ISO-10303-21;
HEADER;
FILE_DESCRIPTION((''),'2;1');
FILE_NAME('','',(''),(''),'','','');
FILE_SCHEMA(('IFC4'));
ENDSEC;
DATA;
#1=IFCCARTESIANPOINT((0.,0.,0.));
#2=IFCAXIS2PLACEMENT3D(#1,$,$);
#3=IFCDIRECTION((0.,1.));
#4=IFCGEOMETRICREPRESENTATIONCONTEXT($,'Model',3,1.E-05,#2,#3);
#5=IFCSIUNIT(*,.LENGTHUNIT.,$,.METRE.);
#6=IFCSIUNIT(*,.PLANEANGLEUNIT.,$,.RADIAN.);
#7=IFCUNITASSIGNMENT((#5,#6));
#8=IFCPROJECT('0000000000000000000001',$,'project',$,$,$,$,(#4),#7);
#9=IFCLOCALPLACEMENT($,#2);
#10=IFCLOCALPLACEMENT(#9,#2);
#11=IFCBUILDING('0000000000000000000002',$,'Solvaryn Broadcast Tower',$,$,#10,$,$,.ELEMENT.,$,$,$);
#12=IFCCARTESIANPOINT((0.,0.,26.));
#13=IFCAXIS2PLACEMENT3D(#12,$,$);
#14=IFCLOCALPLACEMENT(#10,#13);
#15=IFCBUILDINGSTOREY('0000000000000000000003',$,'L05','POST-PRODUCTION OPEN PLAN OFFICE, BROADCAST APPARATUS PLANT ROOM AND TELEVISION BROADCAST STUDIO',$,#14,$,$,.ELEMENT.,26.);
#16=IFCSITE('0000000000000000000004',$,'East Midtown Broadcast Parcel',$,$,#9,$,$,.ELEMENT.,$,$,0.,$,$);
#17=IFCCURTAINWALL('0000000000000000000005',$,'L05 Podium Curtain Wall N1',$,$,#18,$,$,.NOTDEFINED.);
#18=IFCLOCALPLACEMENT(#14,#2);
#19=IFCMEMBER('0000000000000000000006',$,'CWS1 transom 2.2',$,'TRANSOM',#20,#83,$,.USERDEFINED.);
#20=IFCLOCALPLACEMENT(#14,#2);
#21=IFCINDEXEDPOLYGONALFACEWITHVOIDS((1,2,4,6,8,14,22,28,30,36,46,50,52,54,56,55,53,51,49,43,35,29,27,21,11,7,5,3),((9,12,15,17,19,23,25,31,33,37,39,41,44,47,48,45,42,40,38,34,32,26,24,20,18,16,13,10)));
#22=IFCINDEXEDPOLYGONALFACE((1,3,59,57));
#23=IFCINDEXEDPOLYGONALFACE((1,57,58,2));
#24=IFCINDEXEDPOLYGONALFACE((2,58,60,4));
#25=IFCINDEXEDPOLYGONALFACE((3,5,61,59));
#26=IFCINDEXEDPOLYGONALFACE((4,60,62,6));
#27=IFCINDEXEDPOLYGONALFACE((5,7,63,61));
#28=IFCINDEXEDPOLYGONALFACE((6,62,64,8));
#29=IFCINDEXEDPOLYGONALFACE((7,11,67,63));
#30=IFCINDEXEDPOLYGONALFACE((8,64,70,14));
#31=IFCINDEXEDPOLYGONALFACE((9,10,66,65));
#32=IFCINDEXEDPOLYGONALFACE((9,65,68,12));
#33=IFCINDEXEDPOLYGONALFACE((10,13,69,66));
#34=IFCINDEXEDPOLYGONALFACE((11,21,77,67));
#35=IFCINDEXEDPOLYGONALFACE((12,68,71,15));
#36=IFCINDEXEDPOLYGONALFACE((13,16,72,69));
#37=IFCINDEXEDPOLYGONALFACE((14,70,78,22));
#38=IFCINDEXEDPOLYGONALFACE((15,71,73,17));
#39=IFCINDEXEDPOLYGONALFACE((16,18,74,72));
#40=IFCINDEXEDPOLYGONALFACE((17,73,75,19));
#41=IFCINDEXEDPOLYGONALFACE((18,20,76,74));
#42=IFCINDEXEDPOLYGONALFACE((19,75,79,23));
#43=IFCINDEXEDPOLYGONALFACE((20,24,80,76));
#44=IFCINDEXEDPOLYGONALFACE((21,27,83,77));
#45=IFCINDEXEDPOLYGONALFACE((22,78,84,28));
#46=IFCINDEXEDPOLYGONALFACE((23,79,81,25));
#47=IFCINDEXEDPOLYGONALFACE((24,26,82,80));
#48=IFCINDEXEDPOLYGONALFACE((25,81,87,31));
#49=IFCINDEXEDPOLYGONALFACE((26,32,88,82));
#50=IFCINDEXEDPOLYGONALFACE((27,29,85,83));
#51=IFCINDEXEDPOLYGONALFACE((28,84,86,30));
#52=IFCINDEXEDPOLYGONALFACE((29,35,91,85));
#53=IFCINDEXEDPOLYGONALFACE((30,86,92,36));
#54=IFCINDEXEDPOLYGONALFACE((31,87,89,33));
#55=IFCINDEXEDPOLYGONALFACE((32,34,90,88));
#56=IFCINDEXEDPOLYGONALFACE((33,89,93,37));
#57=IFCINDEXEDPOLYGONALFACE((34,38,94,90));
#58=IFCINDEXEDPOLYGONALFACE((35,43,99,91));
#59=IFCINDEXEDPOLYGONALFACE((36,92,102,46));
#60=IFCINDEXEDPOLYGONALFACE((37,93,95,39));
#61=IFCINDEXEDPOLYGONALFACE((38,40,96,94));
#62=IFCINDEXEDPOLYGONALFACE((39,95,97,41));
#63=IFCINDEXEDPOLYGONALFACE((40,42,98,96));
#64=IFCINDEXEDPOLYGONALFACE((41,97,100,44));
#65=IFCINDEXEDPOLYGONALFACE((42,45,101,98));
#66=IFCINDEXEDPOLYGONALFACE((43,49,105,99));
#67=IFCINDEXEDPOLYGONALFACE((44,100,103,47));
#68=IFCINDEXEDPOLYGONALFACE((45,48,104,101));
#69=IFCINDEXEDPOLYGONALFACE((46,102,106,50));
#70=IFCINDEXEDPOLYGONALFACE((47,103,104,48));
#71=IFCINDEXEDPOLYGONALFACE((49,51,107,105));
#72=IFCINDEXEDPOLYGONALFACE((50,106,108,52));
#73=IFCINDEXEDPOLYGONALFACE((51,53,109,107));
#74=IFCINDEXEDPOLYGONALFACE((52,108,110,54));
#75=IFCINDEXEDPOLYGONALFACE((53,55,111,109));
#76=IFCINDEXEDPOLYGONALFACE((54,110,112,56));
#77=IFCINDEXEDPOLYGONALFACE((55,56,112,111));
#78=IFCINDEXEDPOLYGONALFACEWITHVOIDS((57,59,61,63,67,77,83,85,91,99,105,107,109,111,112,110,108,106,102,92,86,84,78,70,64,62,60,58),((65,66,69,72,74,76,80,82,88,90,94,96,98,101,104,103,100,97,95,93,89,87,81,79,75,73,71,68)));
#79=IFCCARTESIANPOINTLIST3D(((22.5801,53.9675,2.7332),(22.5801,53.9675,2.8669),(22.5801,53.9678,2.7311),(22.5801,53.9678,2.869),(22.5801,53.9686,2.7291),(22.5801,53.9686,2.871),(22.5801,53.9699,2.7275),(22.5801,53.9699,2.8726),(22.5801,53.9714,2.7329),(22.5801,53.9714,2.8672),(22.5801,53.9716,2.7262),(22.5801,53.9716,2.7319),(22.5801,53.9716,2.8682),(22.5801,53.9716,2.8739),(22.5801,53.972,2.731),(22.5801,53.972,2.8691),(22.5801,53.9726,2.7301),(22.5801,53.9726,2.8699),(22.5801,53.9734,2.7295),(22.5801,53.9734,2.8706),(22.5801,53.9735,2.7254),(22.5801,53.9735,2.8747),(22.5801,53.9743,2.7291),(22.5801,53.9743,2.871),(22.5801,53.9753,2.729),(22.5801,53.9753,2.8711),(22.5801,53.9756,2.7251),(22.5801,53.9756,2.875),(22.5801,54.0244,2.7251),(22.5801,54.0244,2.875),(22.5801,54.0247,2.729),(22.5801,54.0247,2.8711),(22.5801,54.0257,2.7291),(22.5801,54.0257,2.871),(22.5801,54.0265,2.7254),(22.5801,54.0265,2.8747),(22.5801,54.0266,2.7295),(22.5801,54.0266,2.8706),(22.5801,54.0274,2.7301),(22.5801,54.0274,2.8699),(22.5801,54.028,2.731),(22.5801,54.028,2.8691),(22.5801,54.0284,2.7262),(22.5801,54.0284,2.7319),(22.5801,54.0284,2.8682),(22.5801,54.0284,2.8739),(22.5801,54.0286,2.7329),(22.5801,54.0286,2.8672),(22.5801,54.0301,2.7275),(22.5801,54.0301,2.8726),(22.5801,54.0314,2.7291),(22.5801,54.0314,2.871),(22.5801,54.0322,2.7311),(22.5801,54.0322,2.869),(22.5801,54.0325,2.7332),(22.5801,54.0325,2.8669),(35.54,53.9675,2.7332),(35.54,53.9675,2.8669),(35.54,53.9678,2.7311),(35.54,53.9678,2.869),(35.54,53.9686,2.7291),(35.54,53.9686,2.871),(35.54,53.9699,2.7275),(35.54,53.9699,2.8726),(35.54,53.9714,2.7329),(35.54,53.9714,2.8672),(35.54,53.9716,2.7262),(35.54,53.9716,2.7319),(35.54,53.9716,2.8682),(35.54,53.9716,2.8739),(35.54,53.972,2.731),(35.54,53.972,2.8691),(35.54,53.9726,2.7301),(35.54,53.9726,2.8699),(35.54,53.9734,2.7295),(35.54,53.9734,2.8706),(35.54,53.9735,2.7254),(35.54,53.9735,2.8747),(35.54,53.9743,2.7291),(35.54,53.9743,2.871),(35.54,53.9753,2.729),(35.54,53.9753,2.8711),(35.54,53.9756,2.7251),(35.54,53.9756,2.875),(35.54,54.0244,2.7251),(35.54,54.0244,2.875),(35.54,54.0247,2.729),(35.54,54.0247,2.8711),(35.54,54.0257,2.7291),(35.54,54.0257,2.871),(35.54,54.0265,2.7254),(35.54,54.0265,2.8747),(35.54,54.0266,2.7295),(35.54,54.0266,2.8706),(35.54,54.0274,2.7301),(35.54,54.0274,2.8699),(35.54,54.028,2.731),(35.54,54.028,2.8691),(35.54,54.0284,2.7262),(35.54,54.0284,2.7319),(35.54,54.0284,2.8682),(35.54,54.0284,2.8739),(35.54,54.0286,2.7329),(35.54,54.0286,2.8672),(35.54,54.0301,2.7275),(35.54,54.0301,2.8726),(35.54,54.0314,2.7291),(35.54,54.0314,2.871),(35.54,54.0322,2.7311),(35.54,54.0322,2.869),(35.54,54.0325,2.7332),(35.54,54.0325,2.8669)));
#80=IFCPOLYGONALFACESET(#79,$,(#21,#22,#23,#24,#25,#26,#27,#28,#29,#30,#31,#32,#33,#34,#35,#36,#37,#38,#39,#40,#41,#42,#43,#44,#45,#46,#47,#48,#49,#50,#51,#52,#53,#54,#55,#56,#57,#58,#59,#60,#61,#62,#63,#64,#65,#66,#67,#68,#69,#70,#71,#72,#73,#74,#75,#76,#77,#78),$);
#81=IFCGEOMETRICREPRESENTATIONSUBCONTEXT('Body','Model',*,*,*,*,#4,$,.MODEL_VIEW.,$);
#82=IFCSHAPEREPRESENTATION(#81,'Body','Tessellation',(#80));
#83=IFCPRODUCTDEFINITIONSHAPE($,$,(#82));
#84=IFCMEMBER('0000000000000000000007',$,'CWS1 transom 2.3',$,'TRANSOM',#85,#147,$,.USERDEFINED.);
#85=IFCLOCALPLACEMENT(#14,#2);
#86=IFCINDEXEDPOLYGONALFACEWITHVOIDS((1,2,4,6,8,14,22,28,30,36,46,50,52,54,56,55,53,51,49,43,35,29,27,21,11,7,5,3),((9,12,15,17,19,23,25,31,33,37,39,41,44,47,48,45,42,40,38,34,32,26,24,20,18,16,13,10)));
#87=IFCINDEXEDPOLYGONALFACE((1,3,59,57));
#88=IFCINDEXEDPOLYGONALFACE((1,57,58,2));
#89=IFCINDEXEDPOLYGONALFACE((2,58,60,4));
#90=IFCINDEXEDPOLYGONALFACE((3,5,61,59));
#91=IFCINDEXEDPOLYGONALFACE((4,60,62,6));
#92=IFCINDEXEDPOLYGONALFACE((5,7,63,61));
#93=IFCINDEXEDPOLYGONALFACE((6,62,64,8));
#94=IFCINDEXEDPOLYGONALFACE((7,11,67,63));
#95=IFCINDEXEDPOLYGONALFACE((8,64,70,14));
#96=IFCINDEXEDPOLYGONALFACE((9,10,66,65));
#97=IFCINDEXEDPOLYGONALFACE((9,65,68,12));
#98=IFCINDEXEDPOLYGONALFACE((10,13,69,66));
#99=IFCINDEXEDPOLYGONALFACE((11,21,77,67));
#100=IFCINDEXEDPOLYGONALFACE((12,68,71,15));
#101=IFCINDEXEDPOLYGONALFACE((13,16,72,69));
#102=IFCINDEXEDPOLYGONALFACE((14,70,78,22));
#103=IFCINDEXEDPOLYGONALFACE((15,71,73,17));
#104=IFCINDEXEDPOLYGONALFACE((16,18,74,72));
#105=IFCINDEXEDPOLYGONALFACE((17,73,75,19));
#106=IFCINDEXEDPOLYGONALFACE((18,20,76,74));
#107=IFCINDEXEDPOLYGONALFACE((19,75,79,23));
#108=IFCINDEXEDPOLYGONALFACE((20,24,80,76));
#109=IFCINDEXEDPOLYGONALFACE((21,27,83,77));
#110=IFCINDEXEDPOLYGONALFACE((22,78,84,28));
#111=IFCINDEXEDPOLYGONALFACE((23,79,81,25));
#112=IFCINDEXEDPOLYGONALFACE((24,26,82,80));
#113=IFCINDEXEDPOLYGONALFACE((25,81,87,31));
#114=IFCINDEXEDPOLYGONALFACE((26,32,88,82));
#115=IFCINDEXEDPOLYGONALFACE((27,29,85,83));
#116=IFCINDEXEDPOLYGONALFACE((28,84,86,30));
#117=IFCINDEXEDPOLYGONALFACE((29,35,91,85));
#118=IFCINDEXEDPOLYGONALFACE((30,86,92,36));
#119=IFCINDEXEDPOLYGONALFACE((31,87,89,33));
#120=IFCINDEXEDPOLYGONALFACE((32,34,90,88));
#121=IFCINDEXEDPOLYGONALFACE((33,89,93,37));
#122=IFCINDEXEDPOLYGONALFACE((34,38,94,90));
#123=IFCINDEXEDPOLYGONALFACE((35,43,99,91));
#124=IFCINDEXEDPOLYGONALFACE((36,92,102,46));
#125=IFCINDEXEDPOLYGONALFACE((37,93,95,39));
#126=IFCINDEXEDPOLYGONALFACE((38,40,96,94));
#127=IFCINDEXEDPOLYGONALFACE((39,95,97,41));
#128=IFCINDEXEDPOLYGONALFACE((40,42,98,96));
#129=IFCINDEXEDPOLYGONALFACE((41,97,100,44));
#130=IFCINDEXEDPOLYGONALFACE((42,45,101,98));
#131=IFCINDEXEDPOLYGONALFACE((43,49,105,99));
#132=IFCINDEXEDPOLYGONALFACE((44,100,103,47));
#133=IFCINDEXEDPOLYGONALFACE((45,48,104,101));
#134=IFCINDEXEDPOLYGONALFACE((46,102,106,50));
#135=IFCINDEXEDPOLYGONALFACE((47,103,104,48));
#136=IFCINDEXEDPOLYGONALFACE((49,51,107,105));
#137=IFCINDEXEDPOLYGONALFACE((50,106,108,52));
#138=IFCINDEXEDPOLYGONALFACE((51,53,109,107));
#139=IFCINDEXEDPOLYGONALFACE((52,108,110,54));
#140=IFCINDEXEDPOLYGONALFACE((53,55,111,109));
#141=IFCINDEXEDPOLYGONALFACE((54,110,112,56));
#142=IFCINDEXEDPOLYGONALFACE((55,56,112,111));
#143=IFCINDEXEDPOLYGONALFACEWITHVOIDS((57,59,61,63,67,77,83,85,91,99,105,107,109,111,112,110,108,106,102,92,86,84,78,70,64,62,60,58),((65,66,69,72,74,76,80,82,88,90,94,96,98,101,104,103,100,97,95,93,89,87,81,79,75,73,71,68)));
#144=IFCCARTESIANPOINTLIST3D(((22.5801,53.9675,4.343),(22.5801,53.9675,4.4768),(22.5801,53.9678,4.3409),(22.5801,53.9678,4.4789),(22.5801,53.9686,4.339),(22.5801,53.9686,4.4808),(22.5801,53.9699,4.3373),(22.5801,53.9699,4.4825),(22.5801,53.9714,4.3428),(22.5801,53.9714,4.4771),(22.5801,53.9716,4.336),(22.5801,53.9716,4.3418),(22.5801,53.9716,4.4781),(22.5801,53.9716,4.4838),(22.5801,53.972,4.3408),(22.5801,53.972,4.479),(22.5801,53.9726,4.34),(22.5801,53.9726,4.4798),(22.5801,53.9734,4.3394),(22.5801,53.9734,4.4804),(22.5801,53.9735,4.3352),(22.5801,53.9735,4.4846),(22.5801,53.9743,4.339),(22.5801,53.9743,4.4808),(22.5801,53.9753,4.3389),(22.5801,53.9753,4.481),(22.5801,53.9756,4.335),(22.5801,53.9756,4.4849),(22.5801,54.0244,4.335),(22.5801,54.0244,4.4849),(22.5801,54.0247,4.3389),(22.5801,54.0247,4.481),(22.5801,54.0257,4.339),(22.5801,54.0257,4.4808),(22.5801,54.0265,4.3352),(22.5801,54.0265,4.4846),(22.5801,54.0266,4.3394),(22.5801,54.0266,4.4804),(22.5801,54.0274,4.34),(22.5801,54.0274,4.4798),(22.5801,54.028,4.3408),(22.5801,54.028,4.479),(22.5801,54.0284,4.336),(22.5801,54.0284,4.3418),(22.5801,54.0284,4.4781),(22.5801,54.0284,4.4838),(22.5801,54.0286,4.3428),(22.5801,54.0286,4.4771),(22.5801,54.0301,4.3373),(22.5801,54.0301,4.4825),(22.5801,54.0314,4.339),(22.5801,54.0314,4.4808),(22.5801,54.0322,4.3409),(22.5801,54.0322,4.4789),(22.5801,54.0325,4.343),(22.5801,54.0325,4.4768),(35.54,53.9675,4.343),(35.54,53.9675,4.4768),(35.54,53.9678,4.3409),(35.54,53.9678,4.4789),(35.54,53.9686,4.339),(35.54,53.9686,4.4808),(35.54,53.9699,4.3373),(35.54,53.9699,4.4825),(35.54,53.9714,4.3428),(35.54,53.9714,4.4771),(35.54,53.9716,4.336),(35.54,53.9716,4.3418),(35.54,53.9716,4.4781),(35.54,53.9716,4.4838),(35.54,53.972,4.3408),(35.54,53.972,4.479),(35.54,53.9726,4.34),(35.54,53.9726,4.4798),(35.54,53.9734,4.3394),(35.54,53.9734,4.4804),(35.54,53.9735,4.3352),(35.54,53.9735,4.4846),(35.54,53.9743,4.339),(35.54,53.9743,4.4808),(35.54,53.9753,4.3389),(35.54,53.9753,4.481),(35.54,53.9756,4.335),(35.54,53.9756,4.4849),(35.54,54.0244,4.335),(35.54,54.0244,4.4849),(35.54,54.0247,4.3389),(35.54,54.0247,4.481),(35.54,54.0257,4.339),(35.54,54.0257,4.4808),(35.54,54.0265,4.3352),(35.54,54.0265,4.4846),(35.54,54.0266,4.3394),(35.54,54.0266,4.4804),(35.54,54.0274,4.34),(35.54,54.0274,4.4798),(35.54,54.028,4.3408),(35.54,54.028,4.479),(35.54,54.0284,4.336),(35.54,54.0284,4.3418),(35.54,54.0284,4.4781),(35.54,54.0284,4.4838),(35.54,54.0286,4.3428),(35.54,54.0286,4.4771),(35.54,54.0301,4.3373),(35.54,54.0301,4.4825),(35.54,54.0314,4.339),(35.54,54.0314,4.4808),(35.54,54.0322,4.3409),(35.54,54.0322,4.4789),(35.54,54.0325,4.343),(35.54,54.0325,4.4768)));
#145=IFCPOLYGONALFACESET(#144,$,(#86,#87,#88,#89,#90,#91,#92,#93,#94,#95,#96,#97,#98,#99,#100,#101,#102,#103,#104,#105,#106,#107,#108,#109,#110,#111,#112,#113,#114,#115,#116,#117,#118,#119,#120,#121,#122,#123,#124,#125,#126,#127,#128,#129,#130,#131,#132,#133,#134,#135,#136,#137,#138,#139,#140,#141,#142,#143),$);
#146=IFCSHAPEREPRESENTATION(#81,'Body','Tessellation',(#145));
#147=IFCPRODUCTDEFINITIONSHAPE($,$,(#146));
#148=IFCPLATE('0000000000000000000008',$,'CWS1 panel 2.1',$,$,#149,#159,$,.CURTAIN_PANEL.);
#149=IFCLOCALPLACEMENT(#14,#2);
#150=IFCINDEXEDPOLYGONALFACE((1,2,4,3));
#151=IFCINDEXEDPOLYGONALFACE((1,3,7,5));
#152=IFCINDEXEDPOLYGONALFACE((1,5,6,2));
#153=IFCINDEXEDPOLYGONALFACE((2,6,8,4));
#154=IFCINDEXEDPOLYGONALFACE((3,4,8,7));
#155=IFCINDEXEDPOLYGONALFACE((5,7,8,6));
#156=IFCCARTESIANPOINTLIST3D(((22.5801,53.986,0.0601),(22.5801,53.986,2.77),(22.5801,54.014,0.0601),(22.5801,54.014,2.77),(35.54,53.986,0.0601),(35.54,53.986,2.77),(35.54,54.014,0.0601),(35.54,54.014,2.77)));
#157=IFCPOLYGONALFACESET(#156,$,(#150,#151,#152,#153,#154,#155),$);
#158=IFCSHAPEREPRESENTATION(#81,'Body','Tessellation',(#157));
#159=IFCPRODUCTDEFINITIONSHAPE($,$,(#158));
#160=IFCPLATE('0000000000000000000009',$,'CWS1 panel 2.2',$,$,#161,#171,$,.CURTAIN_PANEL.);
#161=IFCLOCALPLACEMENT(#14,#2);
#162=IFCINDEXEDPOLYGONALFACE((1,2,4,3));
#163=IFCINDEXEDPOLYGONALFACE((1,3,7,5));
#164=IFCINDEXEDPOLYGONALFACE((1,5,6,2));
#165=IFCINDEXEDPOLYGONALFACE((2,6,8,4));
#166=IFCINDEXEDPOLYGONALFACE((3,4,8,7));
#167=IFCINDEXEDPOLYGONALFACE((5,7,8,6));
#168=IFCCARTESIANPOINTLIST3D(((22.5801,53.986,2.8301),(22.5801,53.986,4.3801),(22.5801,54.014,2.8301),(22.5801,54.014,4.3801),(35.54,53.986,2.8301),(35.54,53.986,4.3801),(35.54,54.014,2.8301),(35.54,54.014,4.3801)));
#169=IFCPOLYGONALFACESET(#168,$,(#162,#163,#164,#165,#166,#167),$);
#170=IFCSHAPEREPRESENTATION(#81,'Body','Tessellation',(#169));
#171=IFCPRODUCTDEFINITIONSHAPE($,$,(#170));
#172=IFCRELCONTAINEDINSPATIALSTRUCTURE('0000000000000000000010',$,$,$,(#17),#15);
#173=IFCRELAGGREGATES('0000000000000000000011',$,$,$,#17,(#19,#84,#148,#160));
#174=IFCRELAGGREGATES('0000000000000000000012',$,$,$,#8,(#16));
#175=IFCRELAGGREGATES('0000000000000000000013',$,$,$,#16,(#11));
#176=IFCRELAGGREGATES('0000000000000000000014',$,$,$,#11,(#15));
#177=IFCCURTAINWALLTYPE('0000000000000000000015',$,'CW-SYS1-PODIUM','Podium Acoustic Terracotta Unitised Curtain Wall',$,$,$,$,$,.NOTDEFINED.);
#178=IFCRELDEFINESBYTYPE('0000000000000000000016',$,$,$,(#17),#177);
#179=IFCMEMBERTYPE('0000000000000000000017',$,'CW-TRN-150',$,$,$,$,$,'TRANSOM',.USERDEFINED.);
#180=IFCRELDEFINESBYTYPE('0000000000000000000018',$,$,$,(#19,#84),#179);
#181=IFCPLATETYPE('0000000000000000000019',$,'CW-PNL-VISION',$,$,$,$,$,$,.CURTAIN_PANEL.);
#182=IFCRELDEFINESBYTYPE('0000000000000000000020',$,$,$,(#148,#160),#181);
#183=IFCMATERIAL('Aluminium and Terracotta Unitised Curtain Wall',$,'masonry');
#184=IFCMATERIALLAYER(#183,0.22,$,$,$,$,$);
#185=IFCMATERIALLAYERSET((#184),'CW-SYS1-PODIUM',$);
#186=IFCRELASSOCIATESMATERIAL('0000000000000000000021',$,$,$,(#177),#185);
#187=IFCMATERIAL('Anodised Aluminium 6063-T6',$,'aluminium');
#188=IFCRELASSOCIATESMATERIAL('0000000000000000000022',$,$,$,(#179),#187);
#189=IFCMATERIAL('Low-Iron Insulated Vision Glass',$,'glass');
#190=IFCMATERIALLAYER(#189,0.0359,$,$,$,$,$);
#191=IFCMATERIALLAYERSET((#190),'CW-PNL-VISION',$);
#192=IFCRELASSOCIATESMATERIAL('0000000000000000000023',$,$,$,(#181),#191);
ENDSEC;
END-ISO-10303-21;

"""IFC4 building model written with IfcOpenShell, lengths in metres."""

from ifc_helpers import new_model, si_unit, direction, frame, origin, origin_2d, place, context, subcontext, project, spatial, rectangle, hollow_rectangle, extrude, material, layer, layer_set, material_profile, profile_set, type_object, element, aggregate, save


model = new_model("IFC4")

# Units and contexts
model_context = context("Model", 3, precision=1e-05, world=origin(), true_north=direction((0.0, 1.0)))
body_context = subcontext(model_context, "Body", "Model", "MODEL_VIEW")
ifc_project = project(units=[si_unit("LENGTHUNIT", "METRE"), si_unit("PLANEANGLEUNIT", "RADIAN")], contexts=[model_context])

# Site, building, storey
site_placement = place(None, origin())
site = spatial("IfcSite", under=ifc_project, at=site_placement, Name="East Midtown Broadcast Parcel", CompositionType="ELEMENT", RefElevation=0.0)
building_placement = place(site_placement, origin())
building = spatial("IfcBuilding", under=site, at=building_placement, Name="Solvaryn Broadcast Tower", CompositionType="ELEMENT")
storey_placement = place(building_placement, frame((0.0, 0.0, 26.0)))
storey = spatial("IfcBuildingStorey", under=building, at=storey_placement, Name="L05", Description="POST-PRODUCTION OPEN PLAN OFFICE, BROADCAST APPARATUS PLANT ROOM AND TELEVISION BROADCAST STUDIO", CompositionType="ELEMENT", Elevation=26.0)

# Curtain wall, members, plates
ifc_material_1 = material(Name="Aluminium and Terracotta Unitised Curtain Wall", Category="masonry")
ifc_layer_1 = layer(ifc_material_1, 0.22)
ifc_layer_set_1 = layer_set([ifc_layer_1], Name="CW-SYS1-PODIUM")
curtain_wall_type = type_object("IfcCurtainWallType", Name="CW-SYS1-PODIUM", Description="Podium Acoustic Terracotta Unitised Curtain Wall", PredefinedType="NOTDEFINED", material=ifc_layer_set_1)
curtain_wall_placement = place(storey_placement, origin())
curtain_wall = element("IfcCurtainWall", 1, at=curtain_wall_placement, inside=storey, type_object=curtain_wall_type, Name="L05 Podium Curtain Wall N1", PredefinedType="NOTDEFINED")
ifc_material_2 = material(Name="Anodised Aluminium 6063-T6", Category="aluminium")
ifc_material_profile_1 = material_profile(ifc_material_2, hollow_rectangle(XDim=0.0649, YDim=0.1499, WallThickness=0.0039, InnerFilletRadius=0.0039, OuterFilletRadius=0.0081, at=origin_2d()))
ifc_profile_set_1 = profile_set([ifc_material_profile_1], Name="Anodised Aluminium 6063-T6")
member_type_1 = type_object("IfcMemberType", Name="CW-TRN-150", ElementType="TRANSOM", PredefinedType="USERDEFINED", material=ifc_profile_set_1)
member_1_placement = place(storey_placement, frame((22.5801, 54.0, 2.8), z_axis=(1.0, 0.0, 0.0), x_axis=(0.0, 1.0, 0.0)))
member_1 = element("IfcMember", 2, at=member_1_placement, type_object=member_type_1, Name="CWS1 transom 2.2", ObjectType="TRANSOM", PredefinedType="USERDEFINED", context=body_context, shape_type="SweptSolid", body=[
    extrude(hollow_rectangle(XDim=0.0649, YDim=0.1499, WallThickness=0.0039, InnerFilletRadius=0.0039, OuterFilletRadius=0.0081, at=origin_2d()), origin(), (0.0, 0.0, 1.0), 12.96),
])
member_2_placement = place(storey_placement, frame((22.5801, 54.0, 4.4099), z_axis=(1.0, 0.0, 0.0), x_axis=(0.0, 1.0, 0.0)))
member_2 = element("IfcMember", 3, at=member_2_placement, type_object=member_type_1, Name="CWS1 transom 2.3", ObjectType="TRANSOM", PredefinedType="USERDEFINED", context=body_context, shape_type="SweptSolid", body=[
    extrude(hollow_rectangle(XDim=0.0649, YDim=0.1499, WallThickness=0.0039, InnerFilletRadius=0.0039, OuterFilletRadius=0.0081, at=origin_2d()), origin(), (0.0, 0.0, 1.0), 12.96),
])
ifc_material_3 = material(Name="Low-Iron Insulated Vision Glass", Category="glass")
ifc_layer_2 = layer(ifc_material_3, 0.0359)
ifc_layer_set_2 = layer_set([ifc_layer_2], Name="CW-PNL-VISION")
plate_type = type_object("IfcPlateType", Name="CW-PNL-VISION", PredefinedType="CURTAIN_PANEL", material=ifc_layer_set_2)
plate_1_placement = place(storey_placement, frame((29.0601, 54.0, 0.0601), z_axis=(0.0, 0.0, 1.0), x_axis=(1.0, 0.0, 0.0)))
plate_1 = element("IfcPlate", 4, at=plate_1_placement, type_object=plate_type, Name="CWS1 panel 2.1", PredefinedType="CURTAIN_PANEL", context=body_context, shape_type="SweptSolid", body=[
    extrude(rectangle(XDim=12.96, YDim=0.0281, at=origin_2d()), origin(), (0.0, 0.0, 1.0), 2.71),
])
plate_2_placement = place(storey_placement, frame((29.0601, 54.0, 2.8301), z_axis=(0.0, 0.0, 1.0), x_axis=(1.0, 0.0, 0.0)))
plate_2 = element("IfcPlate", 5, at=plate_2_placement, type_object=plate_type, Name="CWS1 panel 2.2", PredefinedType="CURTAIN_PANEL", context=body_context, shape_type="SweptSolid", body=[
    extrude(rectangle(XDim=12.96, YDim=0.0281, at=origin_2d()), origin(), (0.0, 0.0, 1.0), 1.55),
])
aggregate(curtain_wall, [member_1, member_2, plate_1, plate_2])

save(model, "model.ifc")
